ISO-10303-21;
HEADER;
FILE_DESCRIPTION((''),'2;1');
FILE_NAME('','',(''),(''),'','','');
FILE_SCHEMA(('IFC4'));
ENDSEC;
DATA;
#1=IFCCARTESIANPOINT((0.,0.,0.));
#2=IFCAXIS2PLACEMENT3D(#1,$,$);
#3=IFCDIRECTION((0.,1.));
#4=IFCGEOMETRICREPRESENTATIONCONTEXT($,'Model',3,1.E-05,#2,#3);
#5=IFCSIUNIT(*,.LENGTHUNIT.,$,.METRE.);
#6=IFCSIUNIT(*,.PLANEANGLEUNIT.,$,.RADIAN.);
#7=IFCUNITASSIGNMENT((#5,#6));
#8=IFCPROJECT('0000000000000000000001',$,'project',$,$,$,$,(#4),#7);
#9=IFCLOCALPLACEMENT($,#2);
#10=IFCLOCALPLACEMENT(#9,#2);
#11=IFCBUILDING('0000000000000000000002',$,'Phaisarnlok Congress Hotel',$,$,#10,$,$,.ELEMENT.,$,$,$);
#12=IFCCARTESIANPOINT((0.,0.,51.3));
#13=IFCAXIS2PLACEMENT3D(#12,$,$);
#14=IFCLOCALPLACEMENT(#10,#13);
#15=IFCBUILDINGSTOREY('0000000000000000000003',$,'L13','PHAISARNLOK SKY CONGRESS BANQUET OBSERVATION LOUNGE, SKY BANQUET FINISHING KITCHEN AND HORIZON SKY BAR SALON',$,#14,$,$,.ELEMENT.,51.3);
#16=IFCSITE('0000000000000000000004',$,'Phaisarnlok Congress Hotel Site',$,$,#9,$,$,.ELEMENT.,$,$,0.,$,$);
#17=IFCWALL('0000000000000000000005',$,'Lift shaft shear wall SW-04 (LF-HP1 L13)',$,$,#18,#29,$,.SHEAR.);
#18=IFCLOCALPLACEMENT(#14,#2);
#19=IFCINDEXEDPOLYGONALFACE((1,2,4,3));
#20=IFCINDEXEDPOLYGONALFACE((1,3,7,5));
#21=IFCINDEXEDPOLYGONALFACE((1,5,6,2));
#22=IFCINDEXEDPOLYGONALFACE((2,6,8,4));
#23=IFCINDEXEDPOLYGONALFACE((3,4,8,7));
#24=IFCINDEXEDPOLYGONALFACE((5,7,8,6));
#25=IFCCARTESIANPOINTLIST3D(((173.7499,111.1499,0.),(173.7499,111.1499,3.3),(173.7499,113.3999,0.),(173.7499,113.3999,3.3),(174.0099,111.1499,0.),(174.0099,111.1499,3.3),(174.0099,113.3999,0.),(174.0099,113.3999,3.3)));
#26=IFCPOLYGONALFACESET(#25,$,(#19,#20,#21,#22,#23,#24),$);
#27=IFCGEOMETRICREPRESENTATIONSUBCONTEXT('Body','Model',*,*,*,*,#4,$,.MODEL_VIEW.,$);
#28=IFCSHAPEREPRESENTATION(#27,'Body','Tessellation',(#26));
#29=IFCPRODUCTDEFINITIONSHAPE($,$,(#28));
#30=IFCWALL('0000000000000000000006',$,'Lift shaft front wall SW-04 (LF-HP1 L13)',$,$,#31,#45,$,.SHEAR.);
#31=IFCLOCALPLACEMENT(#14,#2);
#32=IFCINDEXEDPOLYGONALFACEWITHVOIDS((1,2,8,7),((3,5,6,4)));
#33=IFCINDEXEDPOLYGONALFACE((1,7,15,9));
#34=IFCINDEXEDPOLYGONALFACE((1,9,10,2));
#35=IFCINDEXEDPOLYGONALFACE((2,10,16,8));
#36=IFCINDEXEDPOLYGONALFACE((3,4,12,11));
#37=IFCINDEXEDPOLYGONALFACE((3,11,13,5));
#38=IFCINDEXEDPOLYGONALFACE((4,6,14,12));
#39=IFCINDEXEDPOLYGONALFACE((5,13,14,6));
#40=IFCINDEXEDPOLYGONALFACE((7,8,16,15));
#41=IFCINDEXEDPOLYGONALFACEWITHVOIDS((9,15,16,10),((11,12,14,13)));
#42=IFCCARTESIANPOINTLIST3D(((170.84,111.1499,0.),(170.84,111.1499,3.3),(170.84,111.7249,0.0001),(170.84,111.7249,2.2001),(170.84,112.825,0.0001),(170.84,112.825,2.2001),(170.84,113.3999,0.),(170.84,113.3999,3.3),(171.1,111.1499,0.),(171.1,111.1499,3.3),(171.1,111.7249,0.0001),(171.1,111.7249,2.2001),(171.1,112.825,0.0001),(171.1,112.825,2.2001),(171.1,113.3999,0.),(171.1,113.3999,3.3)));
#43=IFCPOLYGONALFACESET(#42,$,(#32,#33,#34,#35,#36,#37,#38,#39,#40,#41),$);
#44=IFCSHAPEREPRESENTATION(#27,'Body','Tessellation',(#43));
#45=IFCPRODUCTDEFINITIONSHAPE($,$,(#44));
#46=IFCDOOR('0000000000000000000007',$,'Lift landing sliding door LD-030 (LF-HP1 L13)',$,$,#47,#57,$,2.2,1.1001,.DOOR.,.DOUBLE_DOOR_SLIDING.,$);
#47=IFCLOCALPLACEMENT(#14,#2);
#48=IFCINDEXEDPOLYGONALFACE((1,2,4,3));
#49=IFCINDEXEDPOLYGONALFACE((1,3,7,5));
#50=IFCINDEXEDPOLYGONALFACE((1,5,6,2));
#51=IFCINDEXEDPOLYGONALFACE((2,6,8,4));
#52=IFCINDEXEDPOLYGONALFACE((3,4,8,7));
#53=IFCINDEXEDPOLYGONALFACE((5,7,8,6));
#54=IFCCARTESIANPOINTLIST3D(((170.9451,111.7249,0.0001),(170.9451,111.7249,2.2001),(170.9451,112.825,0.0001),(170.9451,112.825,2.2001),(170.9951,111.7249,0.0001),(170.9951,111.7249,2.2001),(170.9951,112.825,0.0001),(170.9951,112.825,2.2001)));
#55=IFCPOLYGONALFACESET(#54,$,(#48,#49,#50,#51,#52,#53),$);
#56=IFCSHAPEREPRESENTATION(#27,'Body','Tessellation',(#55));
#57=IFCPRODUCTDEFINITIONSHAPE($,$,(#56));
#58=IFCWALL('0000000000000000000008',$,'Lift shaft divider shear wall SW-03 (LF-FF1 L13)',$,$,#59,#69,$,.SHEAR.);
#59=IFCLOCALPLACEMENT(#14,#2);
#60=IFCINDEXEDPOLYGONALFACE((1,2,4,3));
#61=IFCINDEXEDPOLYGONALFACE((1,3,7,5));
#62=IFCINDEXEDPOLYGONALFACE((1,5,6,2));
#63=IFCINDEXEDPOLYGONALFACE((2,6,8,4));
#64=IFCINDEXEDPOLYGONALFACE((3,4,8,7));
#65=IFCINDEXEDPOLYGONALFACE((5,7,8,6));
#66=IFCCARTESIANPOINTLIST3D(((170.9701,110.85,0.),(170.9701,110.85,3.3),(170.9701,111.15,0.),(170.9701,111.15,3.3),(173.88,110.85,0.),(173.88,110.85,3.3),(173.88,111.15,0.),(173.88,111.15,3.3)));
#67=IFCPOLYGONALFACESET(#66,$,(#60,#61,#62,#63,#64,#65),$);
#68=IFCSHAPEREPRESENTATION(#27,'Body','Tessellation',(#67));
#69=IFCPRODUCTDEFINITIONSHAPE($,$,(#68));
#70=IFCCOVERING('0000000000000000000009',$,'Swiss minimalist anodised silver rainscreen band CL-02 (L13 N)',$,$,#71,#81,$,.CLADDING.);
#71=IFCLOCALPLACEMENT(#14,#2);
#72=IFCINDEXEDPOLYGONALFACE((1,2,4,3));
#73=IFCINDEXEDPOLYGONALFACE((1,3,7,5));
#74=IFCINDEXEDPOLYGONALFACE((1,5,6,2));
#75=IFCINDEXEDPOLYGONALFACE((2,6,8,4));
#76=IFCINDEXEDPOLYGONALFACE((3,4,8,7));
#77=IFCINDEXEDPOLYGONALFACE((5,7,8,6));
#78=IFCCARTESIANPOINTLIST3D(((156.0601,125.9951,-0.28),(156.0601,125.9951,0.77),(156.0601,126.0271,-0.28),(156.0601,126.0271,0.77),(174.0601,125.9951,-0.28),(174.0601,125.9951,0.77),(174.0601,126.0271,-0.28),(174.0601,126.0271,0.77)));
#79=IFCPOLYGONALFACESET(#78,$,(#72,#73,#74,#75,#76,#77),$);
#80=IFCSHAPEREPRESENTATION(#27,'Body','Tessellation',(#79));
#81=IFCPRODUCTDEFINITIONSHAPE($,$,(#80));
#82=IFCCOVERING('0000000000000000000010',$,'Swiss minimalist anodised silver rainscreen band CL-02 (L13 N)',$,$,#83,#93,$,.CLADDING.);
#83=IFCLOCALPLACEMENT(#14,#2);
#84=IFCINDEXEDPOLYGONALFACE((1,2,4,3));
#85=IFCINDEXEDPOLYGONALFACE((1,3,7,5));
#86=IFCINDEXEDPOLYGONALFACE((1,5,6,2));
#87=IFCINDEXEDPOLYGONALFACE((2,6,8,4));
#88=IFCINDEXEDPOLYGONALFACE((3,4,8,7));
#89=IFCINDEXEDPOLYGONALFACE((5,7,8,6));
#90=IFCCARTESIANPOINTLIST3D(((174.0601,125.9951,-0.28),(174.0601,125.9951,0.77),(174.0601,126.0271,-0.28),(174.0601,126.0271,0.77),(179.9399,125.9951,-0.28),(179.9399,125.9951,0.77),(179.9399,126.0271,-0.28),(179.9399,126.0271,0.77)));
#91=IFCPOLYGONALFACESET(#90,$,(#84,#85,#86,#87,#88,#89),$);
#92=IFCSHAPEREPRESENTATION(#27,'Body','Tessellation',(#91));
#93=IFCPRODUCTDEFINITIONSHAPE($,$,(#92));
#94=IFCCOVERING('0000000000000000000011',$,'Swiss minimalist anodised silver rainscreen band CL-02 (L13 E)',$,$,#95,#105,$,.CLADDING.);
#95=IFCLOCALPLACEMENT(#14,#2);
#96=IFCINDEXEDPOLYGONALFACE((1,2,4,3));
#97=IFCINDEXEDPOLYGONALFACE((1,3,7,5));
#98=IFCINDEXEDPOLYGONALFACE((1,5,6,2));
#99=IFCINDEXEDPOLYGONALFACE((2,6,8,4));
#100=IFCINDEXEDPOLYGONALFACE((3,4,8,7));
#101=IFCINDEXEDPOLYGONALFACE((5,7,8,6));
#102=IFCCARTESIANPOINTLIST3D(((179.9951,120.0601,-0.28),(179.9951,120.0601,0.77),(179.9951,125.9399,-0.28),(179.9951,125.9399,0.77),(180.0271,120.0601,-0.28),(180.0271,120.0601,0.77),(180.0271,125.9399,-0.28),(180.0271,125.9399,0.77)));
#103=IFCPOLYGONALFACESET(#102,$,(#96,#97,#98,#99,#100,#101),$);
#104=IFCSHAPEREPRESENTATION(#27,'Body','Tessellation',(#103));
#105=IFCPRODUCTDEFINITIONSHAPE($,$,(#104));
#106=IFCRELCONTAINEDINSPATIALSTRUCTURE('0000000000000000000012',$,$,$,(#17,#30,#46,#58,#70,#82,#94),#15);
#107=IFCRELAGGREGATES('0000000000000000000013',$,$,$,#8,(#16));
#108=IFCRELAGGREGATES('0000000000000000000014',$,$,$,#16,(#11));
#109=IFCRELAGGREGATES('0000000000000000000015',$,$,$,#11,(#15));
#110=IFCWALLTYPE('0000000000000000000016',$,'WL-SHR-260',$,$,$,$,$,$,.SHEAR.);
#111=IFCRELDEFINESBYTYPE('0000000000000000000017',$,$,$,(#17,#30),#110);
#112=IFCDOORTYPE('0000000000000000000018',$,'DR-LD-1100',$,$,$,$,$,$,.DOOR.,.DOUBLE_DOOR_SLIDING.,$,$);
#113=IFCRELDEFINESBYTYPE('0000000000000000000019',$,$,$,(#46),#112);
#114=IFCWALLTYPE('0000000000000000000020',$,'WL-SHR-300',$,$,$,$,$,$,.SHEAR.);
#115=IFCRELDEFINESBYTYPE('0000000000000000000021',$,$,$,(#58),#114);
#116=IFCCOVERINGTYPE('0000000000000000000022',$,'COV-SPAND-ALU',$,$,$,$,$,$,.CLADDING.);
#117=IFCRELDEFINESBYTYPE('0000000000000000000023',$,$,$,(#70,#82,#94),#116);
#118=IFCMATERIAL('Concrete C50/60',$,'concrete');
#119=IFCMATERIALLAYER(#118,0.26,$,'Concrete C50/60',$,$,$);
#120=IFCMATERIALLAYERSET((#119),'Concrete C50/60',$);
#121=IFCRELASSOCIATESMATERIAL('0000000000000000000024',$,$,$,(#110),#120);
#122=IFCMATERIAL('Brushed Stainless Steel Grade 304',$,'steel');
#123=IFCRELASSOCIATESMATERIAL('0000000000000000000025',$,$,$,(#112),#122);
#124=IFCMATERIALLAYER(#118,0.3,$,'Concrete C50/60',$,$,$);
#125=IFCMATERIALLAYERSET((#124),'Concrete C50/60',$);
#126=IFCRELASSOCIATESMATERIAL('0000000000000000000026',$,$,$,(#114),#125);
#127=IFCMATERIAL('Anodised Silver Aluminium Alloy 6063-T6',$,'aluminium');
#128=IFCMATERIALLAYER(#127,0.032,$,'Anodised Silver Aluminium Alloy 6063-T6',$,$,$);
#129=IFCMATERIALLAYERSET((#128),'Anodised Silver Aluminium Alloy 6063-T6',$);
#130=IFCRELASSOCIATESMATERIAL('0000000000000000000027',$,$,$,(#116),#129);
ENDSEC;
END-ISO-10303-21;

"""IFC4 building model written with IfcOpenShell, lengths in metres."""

from ifc_helpers import new_model, si_unit, direction, frame, frame_2d, origin, place, context, subcontext, project, spatial, polyline, rectangle, outline, extrude, material, layer, layer_set, type_object, element, fill, save


model = new_model("IFC4")

# Units and contexts
model_context = context("Model", 3, precision=1e-05, world=origin(), true_north=direction((0.0, 1.0)))
body_context = subcontext(model_context, "Body", "Model", "MODEL_VIEW")
ifc_project = project(units=[si_unit("LENGTHUNIT", "METRE"), si_unit("PLANEANGLEUNIT", "RADIAN")], contexts=[model_context])

# Site, building, storey
site_placement = place(None, origin())
site = spatial("IfcSite", under=ifc_project, at=site_placement, Name="Phaisarnlok Congress Hotel Site", CompositionType="ELEMENT", RefElevation=0.0)
building_placement = place(site_placement, origin())
building = spatial("IfcBuilding", under=site, at=building_placement, Name="Phaisarnlok Congress Hotel", CompositionType="ELEMENT")
storey_placement = place(building_placement, frame((0.0, 0.0, 51.3)))
storey = spatial("IfcBuildingStorey", under=building, at=storey_placement, Name="L13", Description="PHAISARNLOK SKY CONGRESS BANQUET OBSERVATION LOUNGE, SKY BANQUET FINISHING KITCHEN AND HORIZON SKY BAR SALON", CompositionType="ELEMENT", Elevation=51.3)

# Shared definitions
ifc_material_1 = material(Name="Concrete C50/60", Category="concrete")

# Wall
ifc_layer_1 = layer(ifc_material_1, 0.26, Name="Concrete C50/60")
ifc_layer_set_1 = layer_set([ifc_layer_1], Name="Concrete C50/60")
wall_type_1 = type_object("IfcWallType", Name="WL-SHR-260", PredefinedType="SHEAR", material=ifc_layer_set_1)
wall_1_placement = place(storey_placement, frame((173.8799, 111.1499, 0.0), z_axis=(0.0, 0.0, 1.0), x_axis=(0.0, 1.0, 0.0)))
element("IfcWall", 1, at=wall_1_placement, inside=storey, type_object=wall_type_1, Name="Lift shaft shear wall SW-04 (LF-HP1 L13)", PredefinedType="SHEAR", context=body_context, shape_type="SweptSolid", body=[
    extrude(rectangle(XDim=2.25, YDim=0.26, at=frame_2d((1.125, 0.0))), origin(), (0.0, 0.0, 1.0), 3.3),
])

# Wall, opening, door
wall_2_placement = place(storey_placement, frame((170.97, 111.1499, 0.0), z_axis=(0.0, 0.0, 1.0), x_axis=(0.0, 1.0, 0.0)))
wall_2 = element("IfcWall", 2, at=wall_2_placement, inside=storey, type_object=wall_type_1, Name="Lift shaft front wall SW-04 (LF-HP1 L13)", PredefinedType="SHEAR", context=body_context, shape_type="SweptSolid", body=[
    extrude(rectangle(XDim=2.25, YDim=0.26, at=frame_2d((1.125, 0.0))), origin(), (0.0, 0.0, 1.0), 3.3),
])
opening_1_placement = place(wall_2_placement, frame((0.575, 0.0, 0.0)))
opening_1 = element("IfcOpeningElement", 3, at=opening_1_placement, cuts=wall_2, PredefinedType="OPENING", context=body_context, shape_type="SweptSolid", body=[
    extrude(rectangle(XDim=1.1001, YDim=2.2, at=frame_2d((0.55, 1.1001))), frame((0.0, 0.1401, 0.0), z_axis=(0.0, -1.0, 0.0), x_axis=(1.0, 0.0, 0.0)), (0.0, 0.0, 1.0), 0.28),
])
ifc_material_2 = material(Name="Brushed Stainless Steel Grade 304", Category="steel")
door_type = type_object("IfcDoorType", Name="DR-LD-1100", OperationType="DOUBLE_DOOR_SLIDING", PredefinedType="DOOR", material=ifc_material_2)
door_placement = place(opening_1_placement, origin())
door = element("IfcDoor", 4, at=door_placement, inside=storey, type_object=door_type, Name="Lift landing sliding door LD-030 (LF-HP1 L13)", OperationType="DOUBLE_DOOR_SLIDING", OverallHeight=2.2, OverallWidth=1.1001, PredefinedType="DOOR", context=body_context, shape_type="SweptSolid", body=[
    extrude(rectangle(XDim=1.1001, YDim=2.2, at=frame_2d((0.55, 1.1001))), frame((0.0, 0.0249, 0.0), z_axis=(0.0, -1.0, 0.0), x_axis=(1.0, 0.0, 0.0)), (0.0, 0.0, 1.0), 0.05),
])
fill(opening_1, door)

# Wall
ifc_layer_2 = layer(ifc_material_1, 0.3, Name="Concrete C50/60")
ifc_layer_set_2 = layer_set([ifc_layer_2], Name="Concrete C50/60")
wall_type_2 = type_object("IfcWallType", Name="WL-SHR-300", PredefinedType="SHEAR", material=ifc_layer_set_2)
wall_3_placement = place(storey_placement, frame((170.97, 111.0, 0.0), z_axis=(0.0, 0.0, 1.0), x_axis=(1.0, 0.0, 0.0)))
element("IfcWall", 5, at=wall_3_placement, inside=storey, type_object=wall_type_2, Name="Lift shaft divider shear wall SW-03 (LF-FF1 L13)", PredefinedType="SHEAR", context=body_context, shape_type="SweptSolid", body=[
    extrude(rectangle(XDim=2.9099, YDim=0.3, at=frame_2d((1.4551, 0.0))), origin(), (0.0, 0.0, 1.0), 3.3),
])

# Coverings
ifc_material_3 = material(Name="Anodised Silver Aluminium Alloy 6063-T6", Category="aluminium")
ifc_layer_3 = layer(ifc_material_3, 0.032, Name="Anodised Silver Aluminium Alloy 6063-T6")
ifc_layer_set_3 = layer_set([ifc_layer_3], Name="Anodised Silver Aluminium Alloy 6063-T6")
covering_type = type_object("IfcCoveringType", Name="COV-SPAND-ALU", PredefinedType="CLADDING", material=ifc_layer_set_3)
covering_placement = place(storey_placement, frame((174.0601, 125.9951, -0.28), z_axis=(0.0, 1.0, 0.0), x_axis=(-1.0, 0.0, 0.0)))
element("IfcCovering", 6, at=covering_placement, inside=storey, type_object=covering_type, Name="Swiss minimalist anodised silver rainscreen band CL-02 (L13 N)", PredefinedType="CLADDING", context=body_context, shape_type="SweptSolid", body=[
    extrude(outline(polyline([(0.0, 0.0), (18.0, 0.0), (18.0, 1.05), (0.0, 1.05), (0.0, 0.0)])), origin(), (0.0, 0.0, 1.0), 0.032),
])
for number, where, z_axis, x_axis, name in (
    (7, (179.9399, 125.9951, -0.28), (0.0, 1.0, 0.0), (-1.0, 0.0, 0.0), "Swiss minimalist anodised silver rainscreen band CL-02 (L13 N)"),
    (8, (179.9951, 120.0601, -0.28), (1.0, 0.0, 0.0), (0.0, 1.0, 0.0), "Swiss minimalist anodised silver rainscreen band CL-02 (L13 E)"),
):
    element("IfcCovering", number, at=place(storey_placement, frame(where, z_axis=z_axis, x_axis=x_axis)), inside=storey, type_object=covering_type, Name=name, PredefinedType="CLADDING", context=body_context, shape_type="SweptSolid", body=[
        extrude(outline(polyline([(0.0, 0.0), (5.8799, 0.0), (5.8799, 1.05), (0.0, 1.05), (0.0, 0.0)])), origin(), (0.0, 0.0, 1.0), 0.032),
    ])

save(model, "model.ifc")
